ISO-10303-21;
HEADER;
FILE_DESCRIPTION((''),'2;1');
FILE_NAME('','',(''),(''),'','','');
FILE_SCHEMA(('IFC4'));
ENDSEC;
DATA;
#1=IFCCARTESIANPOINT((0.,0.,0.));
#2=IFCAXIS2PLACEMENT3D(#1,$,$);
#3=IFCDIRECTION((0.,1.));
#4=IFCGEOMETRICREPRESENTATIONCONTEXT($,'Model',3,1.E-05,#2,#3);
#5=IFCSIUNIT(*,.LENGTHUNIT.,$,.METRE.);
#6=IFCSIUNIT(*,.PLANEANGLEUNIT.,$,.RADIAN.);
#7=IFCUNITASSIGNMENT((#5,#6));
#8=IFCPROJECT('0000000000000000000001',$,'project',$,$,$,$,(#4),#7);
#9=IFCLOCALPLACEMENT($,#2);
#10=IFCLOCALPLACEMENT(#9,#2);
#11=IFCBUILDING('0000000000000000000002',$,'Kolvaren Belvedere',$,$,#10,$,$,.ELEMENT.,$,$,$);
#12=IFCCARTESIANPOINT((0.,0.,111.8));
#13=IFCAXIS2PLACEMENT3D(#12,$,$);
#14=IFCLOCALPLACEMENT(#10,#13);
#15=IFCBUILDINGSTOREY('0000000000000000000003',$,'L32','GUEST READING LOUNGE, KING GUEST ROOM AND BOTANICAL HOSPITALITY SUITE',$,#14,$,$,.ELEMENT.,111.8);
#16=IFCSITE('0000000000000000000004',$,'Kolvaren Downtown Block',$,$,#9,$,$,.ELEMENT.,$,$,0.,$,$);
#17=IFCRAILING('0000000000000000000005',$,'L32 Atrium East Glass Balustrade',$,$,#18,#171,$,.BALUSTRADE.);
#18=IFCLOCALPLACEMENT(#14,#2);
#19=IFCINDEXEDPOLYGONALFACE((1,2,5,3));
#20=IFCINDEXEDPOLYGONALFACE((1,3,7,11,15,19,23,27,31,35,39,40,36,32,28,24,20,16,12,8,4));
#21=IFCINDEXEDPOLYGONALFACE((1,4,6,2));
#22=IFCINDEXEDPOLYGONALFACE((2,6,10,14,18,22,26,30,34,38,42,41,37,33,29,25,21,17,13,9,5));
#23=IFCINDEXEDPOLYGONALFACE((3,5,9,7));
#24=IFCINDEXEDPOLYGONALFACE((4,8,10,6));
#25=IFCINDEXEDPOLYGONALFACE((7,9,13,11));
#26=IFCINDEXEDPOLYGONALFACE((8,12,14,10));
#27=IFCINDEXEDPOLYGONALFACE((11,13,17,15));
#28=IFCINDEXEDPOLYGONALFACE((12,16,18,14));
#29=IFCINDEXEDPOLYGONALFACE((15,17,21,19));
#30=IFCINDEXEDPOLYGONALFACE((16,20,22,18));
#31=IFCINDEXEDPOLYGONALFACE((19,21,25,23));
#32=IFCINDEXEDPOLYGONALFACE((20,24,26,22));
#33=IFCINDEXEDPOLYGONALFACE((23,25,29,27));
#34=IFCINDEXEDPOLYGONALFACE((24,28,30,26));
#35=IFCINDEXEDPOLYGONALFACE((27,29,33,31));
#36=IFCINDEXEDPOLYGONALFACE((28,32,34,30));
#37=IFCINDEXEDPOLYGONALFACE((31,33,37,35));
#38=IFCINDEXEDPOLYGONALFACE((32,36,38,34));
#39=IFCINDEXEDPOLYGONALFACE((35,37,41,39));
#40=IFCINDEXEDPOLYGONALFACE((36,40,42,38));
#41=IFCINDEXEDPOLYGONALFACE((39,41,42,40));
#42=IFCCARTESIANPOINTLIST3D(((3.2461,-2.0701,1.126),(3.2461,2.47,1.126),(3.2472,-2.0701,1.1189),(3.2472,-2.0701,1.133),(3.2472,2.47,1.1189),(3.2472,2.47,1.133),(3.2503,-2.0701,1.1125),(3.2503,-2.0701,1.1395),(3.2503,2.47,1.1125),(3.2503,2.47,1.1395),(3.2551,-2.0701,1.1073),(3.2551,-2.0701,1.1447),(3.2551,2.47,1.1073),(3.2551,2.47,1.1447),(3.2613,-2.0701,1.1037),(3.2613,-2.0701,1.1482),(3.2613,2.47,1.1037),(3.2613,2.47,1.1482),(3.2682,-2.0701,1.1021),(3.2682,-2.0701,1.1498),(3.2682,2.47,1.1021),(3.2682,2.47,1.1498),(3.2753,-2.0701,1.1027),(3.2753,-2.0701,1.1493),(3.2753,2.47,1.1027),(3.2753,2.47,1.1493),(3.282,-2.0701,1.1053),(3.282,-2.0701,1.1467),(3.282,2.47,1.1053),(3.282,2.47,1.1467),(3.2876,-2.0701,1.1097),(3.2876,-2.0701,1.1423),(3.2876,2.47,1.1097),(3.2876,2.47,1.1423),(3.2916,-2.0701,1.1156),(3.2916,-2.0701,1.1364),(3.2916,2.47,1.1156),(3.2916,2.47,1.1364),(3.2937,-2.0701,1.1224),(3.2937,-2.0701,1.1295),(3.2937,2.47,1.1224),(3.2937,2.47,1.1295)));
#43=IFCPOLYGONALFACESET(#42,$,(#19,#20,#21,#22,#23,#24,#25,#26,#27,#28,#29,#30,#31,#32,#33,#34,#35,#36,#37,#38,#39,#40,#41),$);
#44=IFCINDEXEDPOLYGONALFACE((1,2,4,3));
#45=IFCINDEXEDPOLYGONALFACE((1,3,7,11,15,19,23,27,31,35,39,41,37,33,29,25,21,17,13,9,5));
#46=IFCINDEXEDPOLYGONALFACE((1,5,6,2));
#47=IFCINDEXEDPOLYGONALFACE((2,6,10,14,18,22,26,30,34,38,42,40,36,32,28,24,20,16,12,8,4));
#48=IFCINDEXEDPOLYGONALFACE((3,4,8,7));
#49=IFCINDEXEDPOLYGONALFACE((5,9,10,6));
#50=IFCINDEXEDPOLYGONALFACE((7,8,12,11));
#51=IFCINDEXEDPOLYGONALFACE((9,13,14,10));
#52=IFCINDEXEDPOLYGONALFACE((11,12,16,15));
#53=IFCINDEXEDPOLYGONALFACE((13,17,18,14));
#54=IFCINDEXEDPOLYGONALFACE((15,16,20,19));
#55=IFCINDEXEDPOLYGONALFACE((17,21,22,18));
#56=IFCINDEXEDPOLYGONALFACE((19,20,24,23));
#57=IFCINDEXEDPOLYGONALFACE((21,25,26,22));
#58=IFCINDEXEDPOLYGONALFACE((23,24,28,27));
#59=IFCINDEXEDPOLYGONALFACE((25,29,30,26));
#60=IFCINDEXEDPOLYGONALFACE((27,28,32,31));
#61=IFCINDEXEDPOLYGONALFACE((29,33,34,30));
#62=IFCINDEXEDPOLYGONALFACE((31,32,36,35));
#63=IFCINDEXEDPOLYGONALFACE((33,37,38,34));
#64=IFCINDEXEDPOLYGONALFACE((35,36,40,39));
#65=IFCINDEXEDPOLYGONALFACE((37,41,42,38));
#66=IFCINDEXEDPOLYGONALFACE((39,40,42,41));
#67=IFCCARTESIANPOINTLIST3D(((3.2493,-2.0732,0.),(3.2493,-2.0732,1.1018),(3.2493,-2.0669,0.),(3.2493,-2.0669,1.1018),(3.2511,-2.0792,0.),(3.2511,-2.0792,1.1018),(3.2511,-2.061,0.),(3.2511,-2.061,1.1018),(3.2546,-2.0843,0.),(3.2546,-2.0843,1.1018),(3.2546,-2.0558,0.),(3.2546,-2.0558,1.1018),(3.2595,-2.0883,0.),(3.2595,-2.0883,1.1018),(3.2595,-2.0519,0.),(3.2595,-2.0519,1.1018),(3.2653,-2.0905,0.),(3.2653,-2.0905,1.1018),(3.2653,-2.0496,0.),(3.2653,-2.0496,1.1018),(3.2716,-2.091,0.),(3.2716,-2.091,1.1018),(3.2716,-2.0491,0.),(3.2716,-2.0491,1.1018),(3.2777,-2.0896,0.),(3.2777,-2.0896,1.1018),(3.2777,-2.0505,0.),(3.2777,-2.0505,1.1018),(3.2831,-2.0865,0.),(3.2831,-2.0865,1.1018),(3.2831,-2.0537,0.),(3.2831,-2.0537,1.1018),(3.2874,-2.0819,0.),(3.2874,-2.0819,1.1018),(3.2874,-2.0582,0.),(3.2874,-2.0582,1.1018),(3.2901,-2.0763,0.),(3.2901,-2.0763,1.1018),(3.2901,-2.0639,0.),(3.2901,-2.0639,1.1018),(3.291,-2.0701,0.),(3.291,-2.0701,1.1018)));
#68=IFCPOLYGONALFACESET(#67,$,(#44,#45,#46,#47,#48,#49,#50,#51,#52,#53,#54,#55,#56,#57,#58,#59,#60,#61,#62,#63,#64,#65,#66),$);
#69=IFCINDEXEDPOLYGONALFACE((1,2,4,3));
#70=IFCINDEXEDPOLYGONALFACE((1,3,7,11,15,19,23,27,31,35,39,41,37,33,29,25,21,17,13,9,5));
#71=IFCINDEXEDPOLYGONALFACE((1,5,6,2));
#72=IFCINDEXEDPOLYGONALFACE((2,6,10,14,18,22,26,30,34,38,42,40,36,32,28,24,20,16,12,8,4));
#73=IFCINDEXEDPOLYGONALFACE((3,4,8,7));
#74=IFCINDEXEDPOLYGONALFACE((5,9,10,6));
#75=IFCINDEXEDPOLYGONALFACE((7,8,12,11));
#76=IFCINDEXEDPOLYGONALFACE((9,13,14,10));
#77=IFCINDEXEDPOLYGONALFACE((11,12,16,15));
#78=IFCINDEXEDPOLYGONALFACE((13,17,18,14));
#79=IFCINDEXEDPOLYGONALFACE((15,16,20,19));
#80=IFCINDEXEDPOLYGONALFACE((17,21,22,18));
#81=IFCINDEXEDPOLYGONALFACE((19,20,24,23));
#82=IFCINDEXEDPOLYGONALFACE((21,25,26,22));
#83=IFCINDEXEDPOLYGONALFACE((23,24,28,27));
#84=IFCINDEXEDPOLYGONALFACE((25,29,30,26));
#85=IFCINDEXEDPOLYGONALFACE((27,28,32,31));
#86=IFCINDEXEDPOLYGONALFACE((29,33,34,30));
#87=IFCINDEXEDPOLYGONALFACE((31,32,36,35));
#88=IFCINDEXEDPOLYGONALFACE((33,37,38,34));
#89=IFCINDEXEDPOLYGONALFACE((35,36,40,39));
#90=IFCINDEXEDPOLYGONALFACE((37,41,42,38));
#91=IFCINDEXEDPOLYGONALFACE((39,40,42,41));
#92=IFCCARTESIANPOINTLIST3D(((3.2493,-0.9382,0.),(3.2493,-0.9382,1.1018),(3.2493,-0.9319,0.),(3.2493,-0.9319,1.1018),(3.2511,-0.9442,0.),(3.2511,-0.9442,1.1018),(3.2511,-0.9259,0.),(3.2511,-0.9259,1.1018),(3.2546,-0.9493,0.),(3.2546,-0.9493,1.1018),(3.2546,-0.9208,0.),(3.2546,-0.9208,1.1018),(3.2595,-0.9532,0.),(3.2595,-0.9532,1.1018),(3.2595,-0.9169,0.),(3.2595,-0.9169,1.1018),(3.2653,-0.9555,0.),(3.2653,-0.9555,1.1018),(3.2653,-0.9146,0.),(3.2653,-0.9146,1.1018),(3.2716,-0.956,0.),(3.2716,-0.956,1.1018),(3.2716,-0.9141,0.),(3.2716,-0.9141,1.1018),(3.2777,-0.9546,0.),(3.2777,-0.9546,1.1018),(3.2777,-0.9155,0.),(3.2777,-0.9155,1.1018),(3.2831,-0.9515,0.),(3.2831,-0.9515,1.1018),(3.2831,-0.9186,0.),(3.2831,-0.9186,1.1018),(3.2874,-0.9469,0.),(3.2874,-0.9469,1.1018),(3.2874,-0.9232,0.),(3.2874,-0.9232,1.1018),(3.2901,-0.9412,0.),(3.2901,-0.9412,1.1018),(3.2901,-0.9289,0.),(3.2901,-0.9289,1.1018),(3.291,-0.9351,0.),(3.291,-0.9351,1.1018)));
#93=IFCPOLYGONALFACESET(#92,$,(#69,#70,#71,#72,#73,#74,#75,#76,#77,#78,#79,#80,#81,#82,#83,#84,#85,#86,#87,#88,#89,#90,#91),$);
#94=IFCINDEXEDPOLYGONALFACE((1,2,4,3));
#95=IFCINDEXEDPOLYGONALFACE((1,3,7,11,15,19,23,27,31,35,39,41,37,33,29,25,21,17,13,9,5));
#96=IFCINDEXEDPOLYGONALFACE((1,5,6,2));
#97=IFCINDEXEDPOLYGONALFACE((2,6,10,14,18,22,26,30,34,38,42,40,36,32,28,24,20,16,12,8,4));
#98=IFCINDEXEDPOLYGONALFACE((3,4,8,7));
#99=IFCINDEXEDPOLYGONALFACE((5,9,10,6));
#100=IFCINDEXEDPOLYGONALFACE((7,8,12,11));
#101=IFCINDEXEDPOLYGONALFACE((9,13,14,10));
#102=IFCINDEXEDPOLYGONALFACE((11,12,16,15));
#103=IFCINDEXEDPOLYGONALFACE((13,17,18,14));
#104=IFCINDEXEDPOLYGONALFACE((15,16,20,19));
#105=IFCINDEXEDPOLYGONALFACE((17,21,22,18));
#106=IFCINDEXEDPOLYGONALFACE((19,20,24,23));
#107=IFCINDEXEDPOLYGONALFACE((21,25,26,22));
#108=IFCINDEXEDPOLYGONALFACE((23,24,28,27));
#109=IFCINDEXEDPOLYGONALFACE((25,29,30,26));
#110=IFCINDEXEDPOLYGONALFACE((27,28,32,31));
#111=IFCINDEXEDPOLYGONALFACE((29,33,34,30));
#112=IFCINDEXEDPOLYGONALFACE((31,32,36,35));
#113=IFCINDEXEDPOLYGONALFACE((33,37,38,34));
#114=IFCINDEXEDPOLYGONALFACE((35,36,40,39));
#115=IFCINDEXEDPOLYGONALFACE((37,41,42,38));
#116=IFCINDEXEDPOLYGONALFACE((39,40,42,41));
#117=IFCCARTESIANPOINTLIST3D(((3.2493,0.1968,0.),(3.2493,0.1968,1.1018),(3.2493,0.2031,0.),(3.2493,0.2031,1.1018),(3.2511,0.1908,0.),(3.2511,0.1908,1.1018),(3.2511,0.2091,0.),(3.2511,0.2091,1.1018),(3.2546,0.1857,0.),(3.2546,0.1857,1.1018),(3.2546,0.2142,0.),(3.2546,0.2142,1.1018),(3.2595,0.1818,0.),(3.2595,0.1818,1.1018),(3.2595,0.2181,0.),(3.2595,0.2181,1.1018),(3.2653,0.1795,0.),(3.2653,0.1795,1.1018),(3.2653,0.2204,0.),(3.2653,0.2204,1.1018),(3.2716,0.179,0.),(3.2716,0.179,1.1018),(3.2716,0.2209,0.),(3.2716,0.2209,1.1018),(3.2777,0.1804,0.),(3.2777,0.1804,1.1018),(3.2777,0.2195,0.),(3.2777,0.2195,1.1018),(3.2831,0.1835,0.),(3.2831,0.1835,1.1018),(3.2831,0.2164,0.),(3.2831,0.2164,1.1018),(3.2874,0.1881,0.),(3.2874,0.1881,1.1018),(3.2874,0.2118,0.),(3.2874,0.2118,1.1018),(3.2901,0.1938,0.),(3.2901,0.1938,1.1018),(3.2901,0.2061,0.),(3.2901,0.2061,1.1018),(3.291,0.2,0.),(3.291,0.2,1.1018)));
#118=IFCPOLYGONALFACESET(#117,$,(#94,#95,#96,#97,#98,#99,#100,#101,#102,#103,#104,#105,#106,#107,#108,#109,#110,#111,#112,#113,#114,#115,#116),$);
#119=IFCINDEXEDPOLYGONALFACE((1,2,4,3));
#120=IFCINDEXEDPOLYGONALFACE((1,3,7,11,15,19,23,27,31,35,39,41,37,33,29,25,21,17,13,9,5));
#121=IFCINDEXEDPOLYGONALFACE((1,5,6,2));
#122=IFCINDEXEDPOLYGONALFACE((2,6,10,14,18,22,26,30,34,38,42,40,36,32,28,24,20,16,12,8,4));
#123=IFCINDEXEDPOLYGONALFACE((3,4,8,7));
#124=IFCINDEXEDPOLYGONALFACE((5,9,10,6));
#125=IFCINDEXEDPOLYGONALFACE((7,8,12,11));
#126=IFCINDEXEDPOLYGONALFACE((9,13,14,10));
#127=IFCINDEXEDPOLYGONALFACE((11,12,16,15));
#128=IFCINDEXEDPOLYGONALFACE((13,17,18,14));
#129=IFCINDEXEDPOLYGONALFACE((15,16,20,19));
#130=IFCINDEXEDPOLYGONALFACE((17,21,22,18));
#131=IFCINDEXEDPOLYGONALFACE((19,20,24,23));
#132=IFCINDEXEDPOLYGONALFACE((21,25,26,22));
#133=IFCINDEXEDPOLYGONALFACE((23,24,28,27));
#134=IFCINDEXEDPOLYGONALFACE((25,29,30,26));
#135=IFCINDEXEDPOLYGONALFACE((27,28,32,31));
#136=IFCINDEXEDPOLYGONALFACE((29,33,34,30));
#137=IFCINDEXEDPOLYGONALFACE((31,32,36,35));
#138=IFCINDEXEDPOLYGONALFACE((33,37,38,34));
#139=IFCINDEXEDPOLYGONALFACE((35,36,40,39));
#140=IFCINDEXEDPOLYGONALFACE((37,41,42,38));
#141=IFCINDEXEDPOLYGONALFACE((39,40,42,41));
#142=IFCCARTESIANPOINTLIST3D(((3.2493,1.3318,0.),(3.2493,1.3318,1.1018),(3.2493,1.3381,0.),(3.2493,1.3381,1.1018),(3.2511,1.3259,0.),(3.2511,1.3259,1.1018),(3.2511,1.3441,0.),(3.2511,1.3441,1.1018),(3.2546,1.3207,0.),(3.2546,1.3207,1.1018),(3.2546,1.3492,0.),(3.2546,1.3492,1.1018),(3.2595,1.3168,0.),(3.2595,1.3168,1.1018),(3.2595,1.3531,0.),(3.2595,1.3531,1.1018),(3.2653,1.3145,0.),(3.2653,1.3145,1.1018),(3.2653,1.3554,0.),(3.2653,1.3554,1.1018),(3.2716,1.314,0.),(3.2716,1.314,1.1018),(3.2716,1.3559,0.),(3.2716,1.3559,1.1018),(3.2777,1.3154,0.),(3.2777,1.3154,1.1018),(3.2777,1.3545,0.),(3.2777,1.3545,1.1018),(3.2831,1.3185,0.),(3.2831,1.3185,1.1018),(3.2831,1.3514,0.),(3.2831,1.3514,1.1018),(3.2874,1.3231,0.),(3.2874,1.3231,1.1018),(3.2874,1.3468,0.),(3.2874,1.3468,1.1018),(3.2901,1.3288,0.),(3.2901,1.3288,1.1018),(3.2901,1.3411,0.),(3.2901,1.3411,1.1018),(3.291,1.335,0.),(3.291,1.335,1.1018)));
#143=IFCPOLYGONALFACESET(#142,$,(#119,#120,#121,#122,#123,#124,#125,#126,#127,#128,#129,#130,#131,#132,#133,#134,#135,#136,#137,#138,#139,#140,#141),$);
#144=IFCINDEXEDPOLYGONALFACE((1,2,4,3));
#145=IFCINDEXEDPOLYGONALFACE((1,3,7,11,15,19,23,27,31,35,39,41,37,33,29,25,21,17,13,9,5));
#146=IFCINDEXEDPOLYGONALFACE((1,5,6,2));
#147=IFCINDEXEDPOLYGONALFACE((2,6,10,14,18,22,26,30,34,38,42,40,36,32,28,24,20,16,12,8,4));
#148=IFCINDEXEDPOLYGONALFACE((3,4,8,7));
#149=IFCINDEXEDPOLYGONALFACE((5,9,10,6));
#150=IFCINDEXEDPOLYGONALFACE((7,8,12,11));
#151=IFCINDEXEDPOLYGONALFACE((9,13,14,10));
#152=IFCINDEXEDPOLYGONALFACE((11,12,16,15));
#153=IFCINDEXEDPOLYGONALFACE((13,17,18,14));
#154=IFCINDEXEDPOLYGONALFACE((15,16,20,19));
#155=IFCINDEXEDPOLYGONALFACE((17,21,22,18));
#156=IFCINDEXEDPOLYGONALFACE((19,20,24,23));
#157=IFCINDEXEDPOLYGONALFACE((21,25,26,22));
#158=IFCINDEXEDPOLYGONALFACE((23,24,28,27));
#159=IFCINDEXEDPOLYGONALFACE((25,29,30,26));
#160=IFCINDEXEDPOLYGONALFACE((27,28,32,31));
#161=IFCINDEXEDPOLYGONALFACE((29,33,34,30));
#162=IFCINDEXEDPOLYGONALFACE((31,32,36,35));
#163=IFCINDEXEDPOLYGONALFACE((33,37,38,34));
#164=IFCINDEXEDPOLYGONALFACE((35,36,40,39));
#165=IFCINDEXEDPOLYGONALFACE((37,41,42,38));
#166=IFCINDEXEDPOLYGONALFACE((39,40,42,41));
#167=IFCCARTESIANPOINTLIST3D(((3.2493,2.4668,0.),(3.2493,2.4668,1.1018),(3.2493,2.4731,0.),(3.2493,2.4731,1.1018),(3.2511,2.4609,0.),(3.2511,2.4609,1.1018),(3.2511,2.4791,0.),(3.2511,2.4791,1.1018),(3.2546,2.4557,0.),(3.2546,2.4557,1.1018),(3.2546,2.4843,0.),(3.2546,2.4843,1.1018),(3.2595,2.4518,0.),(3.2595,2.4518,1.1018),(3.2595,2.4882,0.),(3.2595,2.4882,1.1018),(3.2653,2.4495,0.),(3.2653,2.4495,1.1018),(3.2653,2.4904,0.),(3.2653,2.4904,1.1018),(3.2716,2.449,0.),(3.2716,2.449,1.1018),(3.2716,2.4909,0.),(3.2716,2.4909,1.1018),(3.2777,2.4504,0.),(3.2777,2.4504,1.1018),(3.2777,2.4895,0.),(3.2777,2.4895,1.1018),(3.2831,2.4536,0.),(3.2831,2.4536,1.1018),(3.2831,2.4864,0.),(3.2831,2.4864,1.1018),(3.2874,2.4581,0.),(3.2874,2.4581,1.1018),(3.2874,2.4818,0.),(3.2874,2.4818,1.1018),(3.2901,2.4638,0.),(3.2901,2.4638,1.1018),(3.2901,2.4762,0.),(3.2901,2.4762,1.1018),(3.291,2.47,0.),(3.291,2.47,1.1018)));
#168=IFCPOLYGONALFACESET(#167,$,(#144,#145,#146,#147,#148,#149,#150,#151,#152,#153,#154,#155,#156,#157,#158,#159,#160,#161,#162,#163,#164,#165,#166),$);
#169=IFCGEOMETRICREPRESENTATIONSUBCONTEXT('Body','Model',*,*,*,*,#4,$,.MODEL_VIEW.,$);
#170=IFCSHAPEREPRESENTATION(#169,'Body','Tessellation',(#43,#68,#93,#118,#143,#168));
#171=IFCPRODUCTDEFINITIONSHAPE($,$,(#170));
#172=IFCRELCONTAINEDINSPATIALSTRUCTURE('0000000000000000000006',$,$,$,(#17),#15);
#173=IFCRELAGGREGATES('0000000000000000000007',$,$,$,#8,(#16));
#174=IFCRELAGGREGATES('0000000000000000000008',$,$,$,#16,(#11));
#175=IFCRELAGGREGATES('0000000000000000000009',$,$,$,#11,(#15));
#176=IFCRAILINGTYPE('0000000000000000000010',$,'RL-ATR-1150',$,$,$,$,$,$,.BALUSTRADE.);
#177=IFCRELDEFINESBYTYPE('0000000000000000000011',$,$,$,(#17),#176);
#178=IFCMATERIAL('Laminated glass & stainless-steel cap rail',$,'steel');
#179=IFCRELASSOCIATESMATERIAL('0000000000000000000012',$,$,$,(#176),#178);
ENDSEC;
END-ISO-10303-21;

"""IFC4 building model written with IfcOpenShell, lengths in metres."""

from ifc_helpers import new_model, si_unit, direction, frame, origin, origin_2d, place, context, subcontext, project, spatial, circle, extrude, material, type_object, element, save


model = new_model("IFC4")

# Units and contexts
model_context = context("Model", 3, precision=1e-05, world=origin(), true_north=direction((0.0, 1.0)))
body_context = subcontext(model_context, "Body", "Model", "MODEL_VIEW")
ifc_project = project(units=[si_unit("LENGTHUNIT", "METRE"), si_unit("PLANEANGLEUNIT", "RADIAN")], contexts=[model_context])

# Site, building, storey
site_placement = place(None, origin())
site = spatial("IfcSite", under=ifc_project, at=site_placement, Name="Kolvaren Downtown Block", CompositionType="ELEMENT", RefElevation=0.0)
building_placement = place(site_placement, origin())
building = spatial("IfcBuilding", under=site, at=building_placement, Name="Kolvaren Belvedere", CompositionType="ELEMENT")
storey_placement = place(building_placement, frame((0.0, 0.0, 111.8)))
storey = spatial("IfcBuildingStorey", under=building, at=storey_placement, Name="L32", Description="GUEST READING LOUNGE, KING GUEST ROOM AND BOTANICAL HOSPITALITY SUITE", CompositionType="ELEMENT", Elevation=111.8)

# Railing
ifc_material_1 = material(Name="Laminated glass & stainless-steel cap rail", Category="steel")
railing_type_1 = type_object("IfcRailingType", Name="RL-ATR-1150", PredefinedType="BALUSTRADE", material=ifc_material_1)
railing_1_placement = place(storey_placement, frame((3.27, -2.0701, 0.0)))
element("IfcRailing", 1, at=railing_1_placement, inside=storey, type_object=railing_type_1, Name="L32 Atrium East Glass Balustrade", PredefinedType="BALUSTRADE", context=body_context, shape_type="SweptSolid", body=[
    extrude(circle(Radius=0.0239, at=origin_2d()), frame((0.0, 0.0, 1.126), z_axis=(0.0, 1.0, 0.0), x_axis=(-1.0, 0.0, 0.0)), (0.0, 0.0, 1.0), 4.54),
    extrude(circle(Radius=0.021, at=origin_2d()), origin(), (0.0, 0.0, 1.0), 1.1018),
    extrude(circle(Radius=0.021, at=origin_2d()), frame((0.0, 1.135, 0.0)), (0.0, 0.0, 1.0), 1.1018),
    extrude(circle(Radius=0.021, at=origin_2d()), frame((0.0, 2.27, 0.0)), (0.0, 0.0, 1.0), 1.1018),
    extrude(circle(Radius=0.021, at=origin_2d()), frame((0.0, 3.405, 0.0)), (0.0, 0.0, 1.0), 1.1018),
    extrude(circle(Radius=0.021, at=origin_2d()), frame((0.0, 4.54, 0.0)), (0.0, 0.0, 1.0), 1.1018),
])

save(model, "model.ifc")
